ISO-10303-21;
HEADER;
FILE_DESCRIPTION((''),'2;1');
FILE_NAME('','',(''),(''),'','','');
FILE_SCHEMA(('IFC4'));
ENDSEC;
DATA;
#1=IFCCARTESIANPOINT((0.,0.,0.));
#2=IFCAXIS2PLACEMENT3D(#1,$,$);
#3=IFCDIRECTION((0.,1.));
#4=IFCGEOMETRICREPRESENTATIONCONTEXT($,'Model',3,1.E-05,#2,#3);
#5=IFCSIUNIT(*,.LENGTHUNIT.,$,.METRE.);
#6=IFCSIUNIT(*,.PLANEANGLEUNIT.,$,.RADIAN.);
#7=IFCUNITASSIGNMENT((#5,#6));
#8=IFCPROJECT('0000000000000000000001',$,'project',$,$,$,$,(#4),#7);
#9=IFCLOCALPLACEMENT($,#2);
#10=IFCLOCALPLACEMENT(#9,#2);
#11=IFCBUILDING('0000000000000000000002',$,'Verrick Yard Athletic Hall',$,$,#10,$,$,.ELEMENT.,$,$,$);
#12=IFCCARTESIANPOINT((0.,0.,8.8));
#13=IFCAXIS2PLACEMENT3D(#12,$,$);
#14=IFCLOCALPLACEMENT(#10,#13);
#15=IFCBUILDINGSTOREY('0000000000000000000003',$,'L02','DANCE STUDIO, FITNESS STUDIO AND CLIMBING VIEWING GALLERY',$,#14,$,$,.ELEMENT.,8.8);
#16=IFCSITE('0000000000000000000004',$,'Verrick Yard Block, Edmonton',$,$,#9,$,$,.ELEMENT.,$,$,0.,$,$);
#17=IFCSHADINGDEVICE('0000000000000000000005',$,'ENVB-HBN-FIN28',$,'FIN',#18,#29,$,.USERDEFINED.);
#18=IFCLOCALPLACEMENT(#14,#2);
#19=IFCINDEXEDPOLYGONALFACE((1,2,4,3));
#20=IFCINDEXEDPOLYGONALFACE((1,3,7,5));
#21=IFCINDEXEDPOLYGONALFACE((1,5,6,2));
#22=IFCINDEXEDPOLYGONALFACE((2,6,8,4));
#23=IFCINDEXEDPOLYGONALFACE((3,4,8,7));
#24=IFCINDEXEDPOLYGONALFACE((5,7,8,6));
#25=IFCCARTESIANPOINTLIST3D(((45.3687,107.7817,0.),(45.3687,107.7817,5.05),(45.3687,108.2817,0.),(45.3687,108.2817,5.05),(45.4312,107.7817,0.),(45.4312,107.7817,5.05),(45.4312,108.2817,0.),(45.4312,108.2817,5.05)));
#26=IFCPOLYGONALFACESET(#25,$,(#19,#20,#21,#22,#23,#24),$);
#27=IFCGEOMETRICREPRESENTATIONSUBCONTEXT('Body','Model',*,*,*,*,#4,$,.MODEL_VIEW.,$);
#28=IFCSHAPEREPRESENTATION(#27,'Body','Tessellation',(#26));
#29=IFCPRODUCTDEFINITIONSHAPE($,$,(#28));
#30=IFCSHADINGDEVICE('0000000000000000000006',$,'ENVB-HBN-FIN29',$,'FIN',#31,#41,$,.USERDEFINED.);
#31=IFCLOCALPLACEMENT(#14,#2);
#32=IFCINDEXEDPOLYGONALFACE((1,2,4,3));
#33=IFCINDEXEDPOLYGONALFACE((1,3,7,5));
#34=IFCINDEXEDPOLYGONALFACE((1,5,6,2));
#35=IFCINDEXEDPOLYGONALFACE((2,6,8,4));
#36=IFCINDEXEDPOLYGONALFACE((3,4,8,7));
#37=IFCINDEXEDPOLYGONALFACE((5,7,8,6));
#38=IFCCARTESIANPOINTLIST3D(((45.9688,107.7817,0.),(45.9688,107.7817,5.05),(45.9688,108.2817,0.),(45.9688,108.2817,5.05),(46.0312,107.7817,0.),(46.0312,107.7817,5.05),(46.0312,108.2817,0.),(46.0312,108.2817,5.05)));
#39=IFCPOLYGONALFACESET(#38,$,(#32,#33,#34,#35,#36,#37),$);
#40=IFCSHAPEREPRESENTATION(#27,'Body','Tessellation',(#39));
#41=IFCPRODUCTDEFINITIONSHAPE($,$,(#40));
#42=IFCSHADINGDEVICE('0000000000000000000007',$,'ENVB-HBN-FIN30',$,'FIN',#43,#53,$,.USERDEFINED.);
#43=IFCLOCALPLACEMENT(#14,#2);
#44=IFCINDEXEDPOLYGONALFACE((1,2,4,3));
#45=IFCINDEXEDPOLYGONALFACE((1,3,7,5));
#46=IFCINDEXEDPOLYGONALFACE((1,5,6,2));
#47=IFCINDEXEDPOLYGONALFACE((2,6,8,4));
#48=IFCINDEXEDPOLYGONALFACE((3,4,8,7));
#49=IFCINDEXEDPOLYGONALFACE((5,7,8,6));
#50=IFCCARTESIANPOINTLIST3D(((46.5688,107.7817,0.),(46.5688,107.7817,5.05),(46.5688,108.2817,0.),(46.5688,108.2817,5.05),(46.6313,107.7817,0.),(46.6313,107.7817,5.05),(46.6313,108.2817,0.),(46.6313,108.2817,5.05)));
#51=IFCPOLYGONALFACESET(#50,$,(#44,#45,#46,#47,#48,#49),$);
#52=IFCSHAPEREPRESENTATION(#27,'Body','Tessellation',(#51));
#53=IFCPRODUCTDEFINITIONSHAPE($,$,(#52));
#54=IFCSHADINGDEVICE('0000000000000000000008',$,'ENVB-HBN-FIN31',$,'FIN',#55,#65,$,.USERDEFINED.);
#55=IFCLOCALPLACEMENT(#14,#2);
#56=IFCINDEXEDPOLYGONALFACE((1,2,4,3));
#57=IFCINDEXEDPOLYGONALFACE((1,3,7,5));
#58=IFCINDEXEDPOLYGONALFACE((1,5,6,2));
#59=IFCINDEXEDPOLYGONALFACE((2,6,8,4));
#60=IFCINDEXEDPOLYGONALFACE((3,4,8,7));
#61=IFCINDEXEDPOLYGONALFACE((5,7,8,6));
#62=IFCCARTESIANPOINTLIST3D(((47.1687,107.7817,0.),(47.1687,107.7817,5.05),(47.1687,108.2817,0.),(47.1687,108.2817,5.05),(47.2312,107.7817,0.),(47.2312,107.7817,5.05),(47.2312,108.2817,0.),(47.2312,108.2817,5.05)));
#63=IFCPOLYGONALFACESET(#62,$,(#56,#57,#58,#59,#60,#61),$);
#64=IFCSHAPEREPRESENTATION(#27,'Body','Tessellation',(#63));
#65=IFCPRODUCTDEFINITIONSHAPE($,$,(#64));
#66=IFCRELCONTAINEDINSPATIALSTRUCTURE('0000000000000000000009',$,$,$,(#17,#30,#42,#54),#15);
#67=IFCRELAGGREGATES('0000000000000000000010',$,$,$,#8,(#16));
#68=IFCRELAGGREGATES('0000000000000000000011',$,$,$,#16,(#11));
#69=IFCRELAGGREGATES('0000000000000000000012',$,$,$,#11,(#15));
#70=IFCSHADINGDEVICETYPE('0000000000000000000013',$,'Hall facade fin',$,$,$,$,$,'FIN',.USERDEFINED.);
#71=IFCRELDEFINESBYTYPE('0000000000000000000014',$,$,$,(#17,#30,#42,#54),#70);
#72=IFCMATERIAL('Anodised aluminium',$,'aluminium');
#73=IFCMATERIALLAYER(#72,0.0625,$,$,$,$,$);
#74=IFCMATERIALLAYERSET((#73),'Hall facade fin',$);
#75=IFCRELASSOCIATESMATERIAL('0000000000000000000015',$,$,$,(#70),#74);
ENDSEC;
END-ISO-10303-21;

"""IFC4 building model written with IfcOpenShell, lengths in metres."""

from ifc_helpers import new_model, si_unit, direction, frame, origin, place, context, subcontext, project, spatial, polyline, outline, extrude, material, layer, layer_set, type_object, element, save


model = new_model("IFC4")

# Units and contexts
model_context = context("Model", 3, precision=1e-05, world=origin(), true_north=direction((0.0, 1.0)))
body_context = subcontext(model_context, "Body", "Model", "MODEL_VIEW")
ifc_project = project(units=[si_unit("LENGTHUNIT", "METRE"), si_unit("PLANEANGLEUNIT", "RADIAN")], contexts=[model_context])

# Site, building, storey
site_placement = place(None, origin())
site = spatial("IfcSite", under=ifc_project, at=site_placement, Name="Verrick Yard Block, Edmonton", CompositionType="ELEMENT", RefElevation=0.0)
building_placement = place(site_placement, origin())
building = spatial("IfcBuilding", under=site, at=building_placement, Name="Verrick Yard Athletic Hall", CompositionType="ELEMENT")
storey_placement = place(building_placement, frame((0.0, 0.0, 8.8)))
storey = spatial("IfcBuildingStorey", under=building, at=storey_placement, Name="L02", Description="DANCE STUDIO, FITNESS STUDIO AND CLIMBING VIEWING GALLERY", CompositionType="ELEMENT", Elevation=8.8)

# Shared definitions
ifc_material_1 = material(Name="Anodised aluminium", Category="aluminium")

# Shading devices
ifc_layer_1 = layer(ifc_material_1, 0.0625)
ifc_layer_set_1 = layer_set([ifc_layer_1], Name="Hall facade fin")
shading_device_type = type_object("IfcShadingDeviceType", Name="Hall facade fin", ElementType="FIN", PredefinedType="USERDEFINED", material=ifc_layer_set_1)
for number, where, z_axis, x_axis, name in (
    (1, (45.3999, 107.7817, 0.0), (0.0, 0.0, 1.0), (0.0, 1.0, 0.0), "ENVB-HBN-FIN28"),
    (2, (46.0, 107.7817, 0.0), (0.0, 0.0, 1.0), (0.0, 1.0, 0.0), "ENVB-HBN-FIN29"),
    (3, (46.6001, 107.7817, 0.0), (0.0, 0.0, 1.0), (0.0, 1.0, 0.0), "ENVB-HBN-FIN30"),
    (4, (47.2, 107.7817, 0.0), (0.0, 0.0, 1.0), (0.0, 1.0, 0.0), "ENVB-HBN-FIN31"),
):
    element("IfcShadingDevice", number, at=place(storey_placement, frame(where, z_axis=z_axis, x_axis=x_axis)), inside=storey, type_object=shading_device_type, Name=name, ObjectType="FIN", PredefinedType="USERDEFINED", context=body_context, shape_type="SweptSolid", body=[
        extrude(outline(polyline([(0.0, 0.0), (0.5, 0.0), (0.5, 5.05), (0.0, 5.05), (0.0, 0.0)])), frame((0.0, 0.0312, 0.0), z_axis=(0.0, -1.0, 0.0), x_axis=(1.0, 0.0, 0.0)), (0.0, 0.0, 1.0), 0.0625),
    ])

save(model, "model.ifc")
